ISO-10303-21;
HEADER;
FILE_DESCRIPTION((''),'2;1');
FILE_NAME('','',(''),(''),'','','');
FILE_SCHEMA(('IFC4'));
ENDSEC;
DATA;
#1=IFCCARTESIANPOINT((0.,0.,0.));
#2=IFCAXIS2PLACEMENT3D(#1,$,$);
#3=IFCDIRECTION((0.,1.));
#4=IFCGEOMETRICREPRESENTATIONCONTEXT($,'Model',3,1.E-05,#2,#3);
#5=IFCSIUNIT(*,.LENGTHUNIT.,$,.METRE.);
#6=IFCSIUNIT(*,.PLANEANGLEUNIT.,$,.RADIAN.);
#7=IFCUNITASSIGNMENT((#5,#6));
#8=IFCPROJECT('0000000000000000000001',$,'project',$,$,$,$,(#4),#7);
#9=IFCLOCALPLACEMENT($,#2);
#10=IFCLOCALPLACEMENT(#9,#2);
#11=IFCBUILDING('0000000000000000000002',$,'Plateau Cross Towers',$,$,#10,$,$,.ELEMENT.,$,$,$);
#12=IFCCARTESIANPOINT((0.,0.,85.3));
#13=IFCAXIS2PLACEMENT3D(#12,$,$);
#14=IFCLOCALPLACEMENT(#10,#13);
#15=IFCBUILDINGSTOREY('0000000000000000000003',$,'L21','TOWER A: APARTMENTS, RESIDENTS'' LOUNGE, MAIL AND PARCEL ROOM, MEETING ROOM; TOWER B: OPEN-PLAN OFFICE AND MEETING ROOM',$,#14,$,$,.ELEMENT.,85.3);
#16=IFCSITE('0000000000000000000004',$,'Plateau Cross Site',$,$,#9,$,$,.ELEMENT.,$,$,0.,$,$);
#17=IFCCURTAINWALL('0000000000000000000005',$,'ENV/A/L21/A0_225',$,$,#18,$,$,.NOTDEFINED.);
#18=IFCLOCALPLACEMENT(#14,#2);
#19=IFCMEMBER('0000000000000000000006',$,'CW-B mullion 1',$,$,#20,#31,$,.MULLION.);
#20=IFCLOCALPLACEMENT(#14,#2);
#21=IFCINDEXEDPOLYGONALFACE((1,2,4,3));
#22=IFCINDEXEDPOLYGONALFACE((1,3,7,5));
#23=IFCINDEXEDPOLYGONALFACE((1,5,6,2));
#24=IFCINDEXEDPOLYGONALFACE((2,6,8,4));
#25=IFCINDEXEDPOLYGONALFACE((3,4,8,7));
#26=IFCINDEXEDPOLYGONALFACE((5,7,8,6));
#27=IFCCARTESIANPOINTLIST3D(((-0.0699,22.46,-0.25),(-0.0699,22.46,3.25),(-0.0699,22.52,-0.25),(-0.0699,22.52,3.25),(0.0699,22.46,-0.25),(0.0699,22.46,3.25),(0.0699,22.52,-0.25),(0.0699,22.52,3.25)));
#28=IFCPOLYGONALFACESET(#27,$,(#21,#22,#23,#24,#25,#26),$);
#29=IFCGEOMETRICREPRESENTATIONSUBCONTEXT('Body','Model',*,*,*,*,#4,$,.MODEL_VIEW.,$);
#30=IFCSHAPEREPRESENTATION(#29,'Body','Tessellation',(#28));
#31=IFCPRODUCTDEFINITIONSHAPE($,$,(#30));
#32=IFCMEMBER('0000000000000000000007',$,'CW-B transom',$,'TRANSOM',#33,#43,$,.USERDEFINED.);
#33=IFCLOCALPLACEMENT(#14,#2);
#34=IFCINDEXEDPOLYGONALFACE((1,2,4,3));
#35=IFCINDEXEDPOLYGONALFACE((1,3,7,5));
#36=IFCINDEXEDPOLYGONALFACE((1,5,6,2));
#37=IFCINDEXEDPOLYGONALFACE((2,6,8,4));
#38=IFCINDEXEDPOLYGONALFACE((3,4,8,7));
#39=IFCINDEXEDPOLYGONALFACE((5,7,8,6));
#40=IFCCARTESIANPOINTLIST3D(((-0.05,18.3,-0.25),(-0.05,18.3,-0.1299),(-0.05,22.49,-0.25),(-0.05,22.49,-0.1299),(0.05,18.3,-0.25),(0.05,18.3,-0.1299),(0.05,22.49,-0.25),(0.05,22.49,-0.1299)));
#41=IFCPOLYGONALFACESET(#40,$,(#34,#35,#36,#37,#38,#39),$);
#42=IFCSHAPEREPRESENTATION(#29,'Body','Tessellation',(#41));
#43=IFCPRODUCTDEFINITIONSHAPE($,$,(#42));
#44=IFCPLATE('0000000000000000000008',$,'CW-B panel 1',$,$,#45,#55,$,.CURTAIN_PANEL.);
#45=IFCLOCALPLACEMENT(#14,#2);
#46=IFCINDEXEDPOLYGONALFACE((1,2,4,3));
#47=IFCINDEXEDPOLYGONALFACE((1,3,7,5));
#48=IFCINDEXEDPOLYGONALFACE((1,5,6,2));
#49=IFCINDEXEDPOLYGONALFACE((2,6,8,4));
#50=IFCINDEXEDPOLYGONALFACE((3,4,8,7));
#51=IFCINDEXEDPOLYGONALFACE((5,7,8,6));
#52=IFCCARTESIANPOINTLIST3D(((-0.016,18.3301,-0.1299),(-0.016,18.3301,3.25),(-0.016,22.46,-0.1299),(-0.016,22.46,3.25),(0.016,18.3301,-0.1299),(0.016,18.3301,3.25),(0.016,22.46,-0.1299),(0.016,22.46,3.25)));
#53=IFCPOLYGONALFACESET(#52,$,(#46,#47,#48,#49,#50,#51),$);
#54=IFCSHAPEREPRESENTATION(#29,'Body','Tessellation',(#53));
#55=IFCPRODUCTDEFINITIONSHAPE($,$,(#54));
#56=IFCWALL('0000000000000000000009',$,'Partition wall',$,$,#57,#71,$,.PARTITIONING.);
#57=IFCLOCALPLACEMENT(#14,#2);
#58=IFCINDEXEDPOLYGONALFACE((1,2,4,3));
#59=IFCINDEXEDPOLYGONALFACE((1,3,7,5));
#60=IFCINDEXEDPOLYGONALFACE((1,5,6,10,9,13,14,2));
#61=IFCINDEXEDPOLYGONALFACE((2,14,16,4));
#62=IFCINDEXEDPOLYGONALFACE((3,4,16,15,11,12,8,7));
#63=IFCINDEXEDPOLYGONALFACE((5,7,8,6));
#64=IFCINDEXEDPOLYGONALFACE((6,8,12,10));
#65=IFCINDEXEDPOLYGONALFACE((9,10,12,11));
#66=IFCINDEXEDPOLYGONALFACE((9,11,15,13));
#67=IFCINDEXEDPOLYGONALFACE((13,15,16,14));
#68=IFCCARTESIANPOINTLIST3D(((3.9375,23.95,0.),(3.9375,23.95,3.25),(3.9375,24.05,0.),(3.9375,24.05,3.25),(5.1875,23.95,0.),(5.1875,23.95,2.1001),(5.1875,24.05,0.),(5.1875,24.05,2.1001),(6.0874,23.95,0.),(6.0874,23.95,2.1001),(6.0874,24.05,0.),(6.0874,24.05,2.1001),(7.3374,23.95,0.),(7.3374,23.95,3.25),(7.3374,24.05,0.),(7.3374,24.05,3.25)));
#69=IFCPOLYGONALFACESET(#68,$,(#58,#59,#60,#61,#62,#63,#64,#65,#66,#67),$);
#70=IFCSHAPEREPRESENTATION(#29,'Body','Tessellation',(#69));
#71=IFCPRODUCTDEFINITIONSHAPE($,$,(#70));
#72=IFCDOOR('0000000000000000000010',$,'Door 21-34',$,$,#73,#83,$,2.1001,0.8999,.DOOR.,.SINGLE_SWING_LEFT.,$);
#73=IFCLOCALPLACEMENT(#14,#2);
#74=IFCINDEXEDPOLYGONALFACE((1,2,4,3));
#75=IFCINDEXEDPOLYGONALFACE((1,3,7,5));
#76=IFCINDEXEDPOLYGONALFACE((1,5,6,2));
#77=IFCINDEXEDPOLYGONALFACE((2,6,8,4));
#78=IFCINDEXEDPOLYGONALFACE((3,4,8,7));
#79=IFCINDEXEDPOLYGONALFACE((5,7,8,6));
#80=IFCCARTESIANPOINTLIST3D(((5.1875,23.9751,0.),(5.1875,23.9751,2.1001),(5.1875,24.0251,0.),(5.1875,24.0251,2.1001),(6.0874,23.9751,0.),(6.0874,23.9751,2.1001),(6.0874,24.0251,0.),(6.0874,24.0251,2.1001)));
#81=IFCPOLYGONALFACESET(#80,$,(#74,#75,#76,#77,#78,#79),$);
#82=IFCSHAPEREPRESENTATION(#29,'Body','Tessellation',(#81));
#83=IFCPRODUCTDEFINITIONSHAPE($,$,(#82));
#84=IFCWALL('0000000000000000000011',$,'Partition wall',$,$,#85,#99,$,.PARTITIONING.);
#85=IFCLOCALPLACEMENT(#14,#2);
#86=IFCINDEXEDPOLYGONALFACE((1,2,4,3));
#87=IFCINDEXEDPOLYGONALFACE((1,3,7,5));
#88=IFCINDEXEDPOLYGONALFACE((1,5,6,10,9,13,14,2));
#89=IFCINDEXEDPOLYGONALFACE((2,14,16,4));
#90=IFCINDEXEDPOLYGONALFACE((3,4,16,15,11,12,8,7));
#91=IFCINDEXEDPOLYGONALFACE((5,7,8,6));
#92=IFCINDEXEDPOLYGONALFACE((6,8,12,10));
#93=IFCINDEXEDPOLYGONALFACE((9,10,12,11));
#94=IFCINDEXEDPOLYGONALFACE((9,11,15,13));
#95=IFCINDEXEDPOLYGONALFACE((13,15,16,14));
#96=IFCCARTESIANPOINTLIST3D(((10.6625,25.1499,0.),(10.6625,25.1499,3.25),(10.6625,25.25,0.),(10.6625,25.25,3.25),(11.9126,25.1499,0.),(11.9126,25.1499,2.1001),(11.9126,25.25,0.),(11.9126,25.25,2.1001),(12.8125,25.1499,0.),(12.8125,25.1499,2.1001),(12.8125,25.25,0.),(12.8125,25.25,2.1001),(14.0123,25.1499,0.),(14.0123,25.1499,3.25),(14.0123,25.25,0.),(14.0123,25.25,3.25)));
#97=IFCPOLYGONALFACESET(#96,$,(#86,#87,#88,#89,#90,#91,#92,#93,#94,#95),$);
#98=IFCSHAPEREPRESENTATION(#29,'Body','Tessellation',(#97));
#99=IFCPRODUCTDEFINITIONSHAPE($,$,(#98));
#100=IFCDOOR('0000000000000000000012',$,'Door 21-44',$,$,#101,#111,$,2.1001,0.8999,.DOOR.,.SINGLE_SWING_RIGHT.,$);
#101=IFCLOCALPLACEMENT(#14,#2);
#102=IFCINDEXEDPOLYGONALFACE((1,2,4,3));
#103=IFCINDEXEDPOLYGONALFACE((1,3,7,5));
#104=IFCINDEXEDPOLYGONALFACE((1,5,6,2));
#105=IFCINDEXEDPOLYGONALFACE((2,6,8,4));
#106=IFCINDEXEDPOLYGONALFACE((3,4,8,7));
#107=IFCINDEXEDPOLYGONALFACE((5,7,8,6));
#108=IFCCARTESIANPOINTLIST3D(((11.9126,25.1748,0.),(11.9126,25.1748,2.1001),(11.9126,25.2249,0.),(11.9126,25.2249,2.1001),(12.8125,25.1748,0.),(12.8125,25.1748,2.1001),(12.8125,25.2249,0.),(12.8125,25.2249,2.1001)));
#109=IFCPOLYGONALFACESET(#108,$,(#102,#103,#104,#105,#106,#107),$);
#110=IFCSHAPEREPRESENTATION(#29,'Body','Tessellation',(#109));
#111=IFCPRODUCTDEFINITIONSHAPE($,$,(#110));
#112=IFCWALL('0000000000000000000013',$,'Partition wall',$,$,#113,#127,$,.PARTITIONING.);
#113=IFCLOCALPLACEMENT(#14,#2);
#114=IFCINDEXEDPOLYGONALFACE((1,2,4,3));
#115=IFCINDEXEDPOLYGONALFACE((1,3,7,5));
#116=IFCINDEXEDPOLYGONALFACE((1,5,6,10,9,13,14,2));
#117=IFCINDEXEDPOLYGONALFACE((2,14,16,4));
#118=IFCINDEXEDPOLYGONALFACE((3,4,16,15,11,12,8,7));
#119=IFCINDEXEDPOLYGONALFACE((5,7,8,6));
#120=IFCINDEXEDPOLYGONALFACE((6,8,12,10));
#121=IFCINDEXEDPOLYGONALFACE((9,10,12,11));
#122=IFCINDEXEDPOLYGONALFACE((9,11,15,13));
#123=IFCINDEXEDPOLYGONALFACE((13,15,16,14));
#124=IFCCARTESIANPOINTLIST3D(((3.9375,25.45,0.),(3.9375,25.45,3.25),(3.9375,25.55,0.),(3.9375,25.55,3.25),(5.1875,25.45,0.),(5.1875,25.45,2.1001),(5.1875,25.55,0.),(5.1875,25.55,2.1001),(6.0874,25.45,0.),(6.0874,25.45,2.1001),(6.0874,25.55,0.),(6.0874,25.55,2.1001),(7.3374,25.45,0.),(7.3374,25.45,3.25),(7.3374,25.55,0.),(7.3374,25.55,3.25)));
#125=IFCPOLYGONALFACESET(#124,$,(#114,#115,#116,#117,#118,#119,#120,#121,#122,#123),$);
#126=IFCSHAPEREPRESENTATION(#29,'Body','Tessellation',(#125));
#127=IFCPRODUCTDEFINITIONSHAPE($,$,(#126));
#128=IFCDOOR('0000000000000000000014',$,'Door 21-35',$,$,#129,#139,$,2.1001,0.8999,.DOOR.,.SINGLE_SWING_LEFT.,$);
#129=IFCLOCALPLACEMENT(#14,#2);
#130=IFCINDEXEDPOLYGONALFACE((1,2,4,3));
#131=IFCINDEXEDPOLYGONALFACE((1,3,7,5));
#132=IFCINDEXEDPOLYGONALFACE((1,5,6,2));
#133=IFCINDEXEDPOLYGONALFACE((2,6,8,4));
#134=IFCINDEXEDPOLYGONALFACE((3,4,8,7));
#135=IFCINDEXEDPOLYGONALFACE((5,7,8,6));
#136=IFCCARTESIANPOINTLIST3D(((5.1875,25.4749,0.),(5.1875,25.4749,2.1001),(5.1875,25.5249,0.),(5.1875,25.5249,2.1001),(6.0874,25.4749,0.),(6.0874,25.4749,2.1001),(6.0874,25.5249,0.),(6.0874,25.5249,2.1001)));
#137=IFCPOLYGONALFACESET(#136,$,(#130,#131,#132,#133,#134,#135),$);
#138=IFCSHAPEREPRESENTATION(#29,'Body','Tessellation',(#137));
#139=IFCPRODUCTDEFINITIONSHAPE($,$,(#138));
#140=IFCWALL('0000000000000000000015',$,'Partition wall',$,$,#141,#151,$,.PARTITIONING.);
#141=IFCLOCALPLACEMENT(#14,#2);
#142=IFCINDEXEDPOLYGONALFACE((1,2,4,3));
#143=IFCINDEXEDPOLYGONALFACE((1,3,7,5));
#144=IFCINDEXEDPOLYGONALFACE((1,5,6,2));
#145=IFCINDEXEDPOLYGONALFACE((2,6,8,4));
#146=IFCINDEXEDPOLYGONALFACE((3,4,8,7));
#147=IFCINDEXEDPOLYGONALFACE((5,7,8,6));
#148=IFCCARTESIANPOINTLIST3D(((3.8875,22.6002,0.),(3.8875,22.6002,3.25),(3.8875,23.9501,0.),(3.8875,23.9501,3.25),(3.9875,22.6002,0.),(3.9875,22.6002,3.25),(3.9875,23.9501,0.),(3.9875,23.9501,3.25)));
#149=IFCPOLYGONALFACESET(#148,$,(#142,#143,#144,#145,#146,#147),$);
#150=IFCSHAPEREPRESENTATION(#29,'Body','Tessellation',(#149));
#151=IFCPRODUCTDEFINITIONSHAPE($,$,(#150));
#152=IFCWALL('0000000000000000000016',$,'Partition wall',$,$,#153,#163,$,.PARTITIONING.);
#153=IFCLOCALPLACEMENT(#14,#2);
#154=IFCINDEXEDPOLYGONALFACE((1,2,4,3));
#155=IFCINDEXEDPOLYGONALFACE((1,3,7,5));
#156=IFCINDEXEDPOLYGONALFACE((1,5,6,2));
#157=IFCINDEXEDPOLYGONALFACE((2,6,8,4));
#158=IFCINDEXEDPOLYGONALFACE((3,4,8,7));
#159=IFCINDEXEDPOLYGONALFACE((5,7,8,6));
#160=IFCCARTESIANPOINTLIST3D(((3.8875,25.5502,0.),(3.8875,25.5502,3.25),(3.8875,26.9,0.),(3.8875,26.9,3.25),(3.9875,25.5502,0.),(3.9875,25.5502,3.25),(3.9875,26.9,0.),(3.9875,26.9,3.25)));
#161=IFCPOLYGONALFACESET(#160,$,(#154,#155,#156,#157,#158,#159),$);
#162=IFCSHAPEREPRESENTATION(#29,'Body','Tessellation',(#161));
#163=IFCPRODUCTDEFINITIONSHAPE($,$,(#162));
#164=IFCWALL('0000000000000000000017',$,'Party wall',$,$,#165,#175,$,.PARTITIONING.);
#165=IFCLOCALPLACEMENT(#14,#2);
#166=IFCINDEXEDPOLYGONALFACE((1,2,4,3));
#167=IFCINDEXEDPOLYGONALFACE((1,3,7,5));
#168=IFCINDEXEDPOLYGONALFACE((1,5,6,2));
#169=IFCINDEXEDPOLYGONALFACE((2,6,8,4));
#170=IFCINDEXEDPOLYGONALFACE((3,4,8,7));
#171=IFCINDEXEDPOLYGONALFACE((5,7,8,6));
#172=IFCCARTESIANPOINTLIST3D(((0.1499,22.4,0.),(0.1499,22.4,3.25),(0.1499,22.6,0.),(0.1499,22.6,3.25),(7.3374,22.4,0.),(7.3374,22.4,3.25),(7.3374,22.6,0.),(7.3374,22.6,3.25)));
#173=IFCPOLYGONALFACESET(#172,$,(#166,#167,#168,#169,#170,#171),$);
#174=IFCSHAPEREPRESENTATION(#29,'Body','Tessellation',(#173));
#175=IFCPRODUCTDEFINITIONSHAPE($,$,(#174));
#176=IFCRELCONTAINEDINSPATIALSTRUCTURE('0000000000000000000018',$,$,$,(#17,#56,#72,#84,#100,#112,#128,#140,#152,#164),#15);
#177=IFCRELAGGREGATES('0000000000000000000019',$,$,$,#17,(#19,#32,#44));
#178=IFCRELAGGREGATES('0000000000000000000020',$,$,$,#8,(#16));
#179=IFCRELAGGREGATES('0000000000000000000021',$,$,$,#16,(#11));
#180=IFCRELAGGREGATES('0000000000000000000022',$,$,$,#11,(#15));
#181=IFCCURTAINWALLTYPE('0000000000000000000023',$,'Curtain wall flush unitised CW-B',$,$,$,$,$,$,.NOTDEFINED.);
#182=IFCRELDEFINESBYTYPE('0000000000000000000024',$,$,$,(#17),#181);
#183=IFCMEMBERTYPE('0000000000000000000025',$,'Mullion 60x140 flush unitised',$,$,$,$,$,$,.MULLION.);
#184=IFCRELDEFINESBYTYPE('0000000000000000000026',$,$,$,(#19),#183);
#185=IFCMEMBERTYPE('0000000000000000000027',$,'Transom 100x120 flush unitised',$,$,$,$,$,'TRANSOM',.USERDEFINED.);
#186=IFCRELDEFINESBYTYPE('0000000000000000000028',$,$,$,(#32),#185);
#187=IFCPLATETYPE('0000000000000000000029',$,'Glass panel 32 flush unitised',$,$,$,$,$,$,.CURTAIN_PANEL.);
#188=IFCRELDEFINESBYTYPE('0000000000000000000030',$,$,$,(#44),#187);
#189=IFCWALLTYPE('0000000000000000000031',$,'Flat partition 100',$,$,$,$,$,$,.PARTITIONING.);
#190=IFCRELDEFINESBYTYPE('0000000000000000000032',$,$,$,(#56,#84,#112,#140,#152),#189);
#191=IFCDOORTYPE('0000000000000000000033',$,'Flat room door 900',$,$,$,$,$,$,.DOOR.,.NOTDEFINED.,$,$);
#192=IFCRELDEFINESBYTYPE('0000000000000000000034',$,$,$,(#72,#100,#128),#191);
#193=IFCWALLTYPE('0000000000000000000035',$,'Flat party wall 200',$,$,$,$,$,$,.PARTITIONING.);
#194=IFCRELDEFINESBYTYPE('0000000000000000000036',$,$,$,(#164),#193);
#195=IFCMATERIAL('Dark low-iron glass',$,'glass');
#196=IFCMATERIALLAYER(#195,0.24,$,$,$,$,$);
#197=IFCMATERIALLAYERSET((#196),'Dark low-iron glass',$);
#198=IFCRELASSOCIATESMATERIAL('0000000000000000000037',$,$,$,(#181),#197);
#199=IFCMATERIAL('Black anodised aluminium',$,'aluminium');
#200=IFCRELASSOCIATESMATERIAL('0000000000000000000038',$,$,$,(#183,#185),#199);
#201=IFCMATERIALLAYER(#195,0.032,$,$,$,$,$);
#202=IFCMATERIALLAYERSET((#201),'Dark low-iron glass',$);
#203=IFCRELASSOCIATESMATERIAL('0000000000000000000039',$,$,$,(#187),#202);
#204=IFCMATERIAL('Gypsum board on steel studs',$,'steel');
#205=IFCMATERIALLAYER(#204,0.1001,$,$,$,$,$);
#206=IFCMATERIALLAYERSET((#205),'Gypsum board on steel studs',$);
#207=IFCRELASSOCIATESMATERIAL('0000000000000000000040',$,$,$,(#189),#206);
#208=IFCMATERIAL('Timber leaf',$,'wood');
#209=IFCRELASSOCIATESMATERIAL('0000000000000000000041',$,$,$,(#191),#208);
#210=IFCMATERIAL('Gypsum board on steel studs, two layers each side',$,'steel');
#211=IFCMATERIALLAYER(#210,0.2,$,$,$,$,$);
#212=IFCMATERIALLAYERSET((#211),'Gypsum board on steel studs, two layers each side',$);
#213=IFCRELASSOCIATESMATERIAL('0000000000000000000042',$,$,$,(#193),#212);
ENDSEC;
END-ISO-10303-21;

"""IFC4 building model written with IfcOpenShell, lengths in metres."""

from ifc_helpers import new_model, si_unit, direction, frame, frame_2d, origin, origin_2d, place, context, subcontext, project, spatial, rectangle, extrude, material, layer, layer_set, material_profile, profile_set, type_object, element, fill, aggregate, save


model = new_model("IFC4")

# Units and contexts
model_context = context("Model", 3, precision=1e-05, world=origin(), true_north=direction((0.0, 1.0)))
body_context = subcontext(model_context, "Body", "Model", "MODEL_VIEW")
ifc_project = project(units=[si_unit("LENGTHUNIT", "METRE"), si_unit("PLANEANGLEUNIT", "RADIAN")], contexts=[model_context])

# Site, building, storey
site_placement = place(None, origin())
site = spatial("IfcSite", under=ifc_project, at=site_placement, Name="Plateau Cross Site", CompositionType="ELEMENT", RefElevation=0.0)
building_placement = place(site_placement, origin())
building = spatial("IfcBuilding", under=site, at=building_placement, Name="Plateau Cross Towers", CompositionType="ELEMENT")
storey_placement = place(building_placement, frame((0.0, 0.0, 85.3)))
storey = spatial("IfcBuildingStorey", under=building, at=storey_placement, Name="L21", Description="TOWER A: APARTMENTS, RESIDENTS' LOUNGE, MAIL AND PARCEL ROOM, MEETING ROOM; TOWER B: OPEN-PLAN OFFICE AND MEETING ROOM", CompositionType="ELEMENT", Elevation=85.3)

# Curtain wall, members, plate
ifc_material_1 = material(Name="Dark low-iron glass", Category="glass")
ifc_layer_1 = layer(ifc_material_1, 0.24)
ifc_layer_set_1 = layer_set([ifc_layer_1], Name="Dark low-iron glass")
curtain_wall_type = type_object("IfcCurtainWallType", Name="Curtain wall flush unitised CW-B", PredefinedType="NOTDEFINED", material=ifc_layer_set_1)
curtain_wall_placement = place(storey_placement, origin())
curtain_wall = element("IfcCurtainWall", 1, at=curtain_wall_placement, inside=storey, type_object=curtain_wall_type, Name="ENV/A/L21/A0_225", PredefinedType="NOTDEFINED")
ifc_material_2 = material(Name="Black anodised aluminium", Category="aluminium")
ifc_material_profile_1 = material_profile(ifc_material_2, rectangle(XDim=0.0601, YDim=0.1399, at=origin_2d()), Name="MULLION 60x140")
ifc_profile_set_1 = profile_set([ifc_material_profile_1], Name="Black anodised aluminium")
member_type_1 = type_object("IfcMemberType", Name="Mullion 60x140 flush unitised", PredefinedType="MULLION", material=ifc_profile_set_1)
member_1_placement = place(storey_placement, frame((0.0, 22.49, -0.25), z_axis=(0.0, 0.0, 1.0), x_axis=(0.0, -1.0, 0.0)))
member_1 = element("IfcMember", 2, at=member_1_placement, type_object=member_type_1, Name="CW-B mullion 1", PredefinedType="MULLION", context=body_context, shape_type="SweptSolid", body=[
    extrude(rectangle(XDim=0.0601, YDim=0.1399, at=origin_2d()), origin(), (0.0, 0.0, 1.0), 3.5),
])
ifc_material_profile_2 = material_profile(ifc_material_2, rectangle(XDim=0.1001, YDim=0.1201, at=origin_2d()), Name="TRANSOM 100x120")
ifc_profile_set_2 = profile_set([ifc_material_profile_2], Name="Black anodised aluminium")
member_type_2 = type_object("IfcMemberType", Name="Transom 100x120 flush unitised", ElementType="TRANSOM", PredefinedType="USERDEFINED", material=ifc_profile_set_2)
member_2_placement = place(storey_placement, frame((0.0, 22.49, -0.1899), z_axis=(0.0, -1.0, 0.0), x_axis=(1.0, 0.0, 0.0)))
member_2 = element("IfcMember", 3, at=member_2_placement, type_object=member_type_2, Name="CW-B transom", ObjectType="TRANSOM", PredefinedType="USERDEFINED", context=body_context, shape_type="SweptSolid", body=[
    extrude(rectangle(XDim=0.1001, YDim=0.1201, at=origin_2d()), origin(), (0.0, 0.0, 1.0), 4.1899),
])
ifc_layer_2 = layer(ifc_material_1, 0.032)
ifc_layer_set_2 = layer_set([ifc_layer_2], Name="Dark low-iron glass")
plate_type = type_object("IfcPlateType", Name="Glass panel 32 flush unitised", PredefinedType="CURTAIN_PANEL", material=ifc_layer_set_2)
plate_placement = place(storey_placement, frame((0.0, 20.395, -0.1299), z_axis=(0.0, 0.0, 1.0), x_axis=(0.0, -1.0, 0.0)))
plate = element("IfcPlate", 4, at=plate_placement, type_object=plate_type, Name="CW-B panel 1", PredefinedType="CURTAIN_PANEL", context=body_context, shape_type="SweptSolid", body=[
    extrude(rectangle(XDim=4.1299, YDim=0.032, at=origin_2d()), origin(), (0.0, 0.0, 1.0), 3.3799),
])
aggregate(curtain_wall, [member_1, member_2, plate])

# Walls, openings, doors
ifc_material_3 = material(Name="Gypsum board on steel studs", Category="steel")
ifc_layer_3 = layer(ifc_material_3, 0.1001)
ifc_layer_set_3 = layer_set([ifc_layer_3], Name="Gypsum board on steel studs")
wall_type_1 = type_object("IfcWallType", Name="Flat partition 100", PredefinedType="PARTITIONING", material=ifc_layer_set_3)
wall_1_placement = place(storey_placement, frame((7.3374, 24.0, 0.0), z_axis=(0.0, 0.0, 1.0), x_axis=(-1.0, 0.0, 0.0)))
wall_1 = element("IfcWall", 5, at=wall_1_placement, inside=storey, type_object=wall_type_1, Name="Partition wall", PredefinedType="PARTITIONING", context=body_context, shape_type="SweptSolid", body=[
    extrude(rectangle(XDim=3.3999, YDim=0.1001, at=frame_2d((1.7, 0.0))), origin(), (0.0, 0.0, 1.0), 3.25),
])
opening_1_placement = place(wall_1_placement, frame((1.25, 0.0, 0.0)))
opening_1 = element("IfcOpeningElement", 6, at=opening_1_placement, cuts=wall_1, PredefinedType="OPENING", context=body_context, shape_type="SweptSolid", body=[
    extrude(rectangle(XDim=0.8999, YDim=2.1001, at=frame_2d((0.45, 1.05))), frame((0.0, 0.0601, 0.0), z_axis=(0.0, -1.0, 0.0), x_axis=(1.0, 0.0, 0.0)), (0.0, 0.0, 1.0), 0.1201),
])
ifc_material_4 = material(Name="Timber leaf", Category="wood")
door_type_1 = type_object("IfcDoorType", Name="Flat room door 900", OperationType="NOTDEFINED", PredefinedType="DOOR", material=ifc_material_4)
door_1_placement = place(opening_1_placement, origin())
door_1 = element("IfcDoor", 7, at=door_1_placement, inside=storey, type_object=door_type_1, Name="Door 21-34", OperationType="SINGLE_SWING_LEFT", OverallHeight=2.1001, OverallWidth=0.8999, PredefinedType="DOOR", context=body_context, shape_type="SweptSolid", body=[
    extrude(rectangle(XDim=0.8999, YDim=2.1001, at=frame_2d((0.45, 1.05))), frame((0.0, 0.0249, 0.0), z_axis=(0.0, -1.0, 0.0), x_axis=(1.0, 0.0, 0.0)), (0.0, 0.0, 1.0), 0.05),
])
fill(opening_1, door_1)
wall_2_placement = place(storey_placement, frame((10.6626, 25.2, 0.0), z_axis=(0.0, 0.0, 1.0), x_axis=(1.0, 0.0, 0.0)))
wall_2 = element("IfcWall", 8, at=wall_2_placement, inside=storey, type_object=wall_type_1, Name="Partition wall", PredefinedType="PARTITIONING", context=body_context, shape_type="SweptSolid", body=[
    extrude(rectangle(XDim=3.3499, YDim=0.1001, at=frame_2d((1.6748, 0.0))), origin(), (0.0, 0.0, 1.0), 3.25),
])
opening_2_placement = place(wall_2_placement, frame((1.25, 0.0, 0.0)))
opening_2 = element("IfcOpeningElement", 9, at=opening_2_placement, cuts=wall_2, PredefinedType="OPENING", context=body_context, shape_type="SweptSolid", body=[
    extrude(rectangle(XDim=0.8999, YDim=2.1001, at=frame_2d((0.45, 1.05))), frame((0.0, 0.0601, 0.0), z_axis=(0.0, -1.0, 0.0), x_axis=(1.0, 0.0, 0.0)), (0.0, 0.0, 1.0), 0.1201),
])
door_2_placement = place(opening_2_placement, origin())
door_2 = element("IfcDoor", 10, at=door_2_placement, inside=storey, type_object=door_type_1, Name="Door 21-44", OperationType="SINGLE_SWING_RIGHT", OverallHeight=2.1001, OverallWidth=0.8999, PredefinedType="DOOR", context=body_context, shape_type="SweptSolid", body=[
    extrude(rectangle(XDim=0.8999, YDim=2.1001, at=frame_2d((0.45, 1.05))), frame((0.0, 0.0249, 0.0), z_axis=(0.0, -1.0, 0.0), x_axis=(1.0, 0.0, 0.0)), (0.0, 0.0, 1.0), 0.05),
])
fill(opening_2, door_2)
wall_3_placement = place(storey_placement, frame((3.9375, 25.5, 0.0), z_axis=(0.0, 0.0, 1.0), x_axis=(1.0, 0.0, 0.0)))
wall_3 = element("IfcWall", 11, at=wall_3_placement, inside=storey, type_object=wall_type_1, Name="Partition wall", PredefinedType="PARTITIONING", context=body_context, shape_type="SweptSolid", body=[
    extrude(rectangle(XDim=3.3999, YDim=0.1001, at=frame_2d((1.7, 0.0))), origin(), (0.0, 0.0, 1.0), 3.25),
])
opening_3_placement = place(wall_3_placement, frame((1.25, 0.0, 0.0)))
opening_3 = element("IfcOpeningElement", 12, at=opening_3_placement, cuts=wall_3, PredefinedType="OPENING", context=body_context, shape_type="SweptSolid", body=[
    extrude(rectangle(XDim=0.8999, YDim=2.1001, at=frame_2d((0.45, 1.05))), frame((0.0, 0.0601, 0.0), z_axis=(0.0, -1.0, 0.0), x_axis=(1.0, 0.0, 0.0)), (0.0, 0.0, 1.0), 0.1201),
])
door_3_placement = place(opening_3_placement, origin())
door_3 = element("IfcDoor", 13, at=door_3_placement, inside=storey, type_object=door_type_1, Name="Door 21-35", OperationType="SINGLE_SWING_LEFT", OverallHeight=2.1001, OverallWidth=0.8999, PredefinedType="DOOR", context=body_context, shape_type="SweptSolid", body=[
    extrude(rectangle(XDim=0.8999, YDim=2.1001, at=frame_2d((0.45, 1.05))), frame((0.0, 0.0249, 0.0), z_axis=(0.0, -1.0, 0.0), x_axis=(1.0, 0.0, 0.0)), (0.0, 0.0, 1.0), 0.05),
])
fill(opening_3, door_3)

# Walls
for number, where, z_axis, x_axis, name in (
    (14, (3.9375, 23.95, 0.0), (0.0, 0.0, 1.0), (0.0, -1.0, 0.0), "Partition wall"),
    (15, (3.9375, 26.8999, 0.0), (0.0, 0.0, 1.0), (0.0, -1.0, 0.0), "Partition wall"),
):
    element("IfcWall", number, at=place(storey_placement, frame(where, z_axis=z_axis, x_axis=x_axis)), inside=storey, type_object=wall_type_1, Name=name, PredefinedType="PARTITIONING", context=body_context, shape_type="SweptSolid", body=[
        extrude(rectangle(XDim=1.3499, YDim=0.1001, at=frame_2d((0.6748, 0.0))), origin(), (0.0, 0.0, 1.0), 3.25),
    ])
ifc_material_5 = material(Name="Gypsum board on steel studs, two layers each side", Category="steel")
ifc_layer_4 = layer(ifc_material_5, 0.2)
ifc_layer_set_4 = layer_set([ifc_layer_4], Name="Gypsum board on steel studs, two layers each side")
wall_type_2 = type_object("IfcWallType", Name="Flat party wall 200", PredefinedType="PARTITIONING", material=ifc_layer_set_4)
wall_4_placement = place(storey_placement, frame((7.3374, 22.5, 0.0), z_axis=(0.0, 0.0, 1.0), x_axis=(-1.0, 0.0, 0.0)))
element("IfcWall", 16, at=wall_4_placement, inside=storey, type_object=wall_type_2, Name="Party wall", PredefinedType="PARTITIONING", context=body_context, shape_type="SweptSolid", body=[
    extrude(rectangle(XDim=7.1875, YDim=0.2, at=frame_2d((3.5938, 0.0))), origin(), (0.0, 0.0, 1.0), 3.25),
])

save(model, "model.ifc")
